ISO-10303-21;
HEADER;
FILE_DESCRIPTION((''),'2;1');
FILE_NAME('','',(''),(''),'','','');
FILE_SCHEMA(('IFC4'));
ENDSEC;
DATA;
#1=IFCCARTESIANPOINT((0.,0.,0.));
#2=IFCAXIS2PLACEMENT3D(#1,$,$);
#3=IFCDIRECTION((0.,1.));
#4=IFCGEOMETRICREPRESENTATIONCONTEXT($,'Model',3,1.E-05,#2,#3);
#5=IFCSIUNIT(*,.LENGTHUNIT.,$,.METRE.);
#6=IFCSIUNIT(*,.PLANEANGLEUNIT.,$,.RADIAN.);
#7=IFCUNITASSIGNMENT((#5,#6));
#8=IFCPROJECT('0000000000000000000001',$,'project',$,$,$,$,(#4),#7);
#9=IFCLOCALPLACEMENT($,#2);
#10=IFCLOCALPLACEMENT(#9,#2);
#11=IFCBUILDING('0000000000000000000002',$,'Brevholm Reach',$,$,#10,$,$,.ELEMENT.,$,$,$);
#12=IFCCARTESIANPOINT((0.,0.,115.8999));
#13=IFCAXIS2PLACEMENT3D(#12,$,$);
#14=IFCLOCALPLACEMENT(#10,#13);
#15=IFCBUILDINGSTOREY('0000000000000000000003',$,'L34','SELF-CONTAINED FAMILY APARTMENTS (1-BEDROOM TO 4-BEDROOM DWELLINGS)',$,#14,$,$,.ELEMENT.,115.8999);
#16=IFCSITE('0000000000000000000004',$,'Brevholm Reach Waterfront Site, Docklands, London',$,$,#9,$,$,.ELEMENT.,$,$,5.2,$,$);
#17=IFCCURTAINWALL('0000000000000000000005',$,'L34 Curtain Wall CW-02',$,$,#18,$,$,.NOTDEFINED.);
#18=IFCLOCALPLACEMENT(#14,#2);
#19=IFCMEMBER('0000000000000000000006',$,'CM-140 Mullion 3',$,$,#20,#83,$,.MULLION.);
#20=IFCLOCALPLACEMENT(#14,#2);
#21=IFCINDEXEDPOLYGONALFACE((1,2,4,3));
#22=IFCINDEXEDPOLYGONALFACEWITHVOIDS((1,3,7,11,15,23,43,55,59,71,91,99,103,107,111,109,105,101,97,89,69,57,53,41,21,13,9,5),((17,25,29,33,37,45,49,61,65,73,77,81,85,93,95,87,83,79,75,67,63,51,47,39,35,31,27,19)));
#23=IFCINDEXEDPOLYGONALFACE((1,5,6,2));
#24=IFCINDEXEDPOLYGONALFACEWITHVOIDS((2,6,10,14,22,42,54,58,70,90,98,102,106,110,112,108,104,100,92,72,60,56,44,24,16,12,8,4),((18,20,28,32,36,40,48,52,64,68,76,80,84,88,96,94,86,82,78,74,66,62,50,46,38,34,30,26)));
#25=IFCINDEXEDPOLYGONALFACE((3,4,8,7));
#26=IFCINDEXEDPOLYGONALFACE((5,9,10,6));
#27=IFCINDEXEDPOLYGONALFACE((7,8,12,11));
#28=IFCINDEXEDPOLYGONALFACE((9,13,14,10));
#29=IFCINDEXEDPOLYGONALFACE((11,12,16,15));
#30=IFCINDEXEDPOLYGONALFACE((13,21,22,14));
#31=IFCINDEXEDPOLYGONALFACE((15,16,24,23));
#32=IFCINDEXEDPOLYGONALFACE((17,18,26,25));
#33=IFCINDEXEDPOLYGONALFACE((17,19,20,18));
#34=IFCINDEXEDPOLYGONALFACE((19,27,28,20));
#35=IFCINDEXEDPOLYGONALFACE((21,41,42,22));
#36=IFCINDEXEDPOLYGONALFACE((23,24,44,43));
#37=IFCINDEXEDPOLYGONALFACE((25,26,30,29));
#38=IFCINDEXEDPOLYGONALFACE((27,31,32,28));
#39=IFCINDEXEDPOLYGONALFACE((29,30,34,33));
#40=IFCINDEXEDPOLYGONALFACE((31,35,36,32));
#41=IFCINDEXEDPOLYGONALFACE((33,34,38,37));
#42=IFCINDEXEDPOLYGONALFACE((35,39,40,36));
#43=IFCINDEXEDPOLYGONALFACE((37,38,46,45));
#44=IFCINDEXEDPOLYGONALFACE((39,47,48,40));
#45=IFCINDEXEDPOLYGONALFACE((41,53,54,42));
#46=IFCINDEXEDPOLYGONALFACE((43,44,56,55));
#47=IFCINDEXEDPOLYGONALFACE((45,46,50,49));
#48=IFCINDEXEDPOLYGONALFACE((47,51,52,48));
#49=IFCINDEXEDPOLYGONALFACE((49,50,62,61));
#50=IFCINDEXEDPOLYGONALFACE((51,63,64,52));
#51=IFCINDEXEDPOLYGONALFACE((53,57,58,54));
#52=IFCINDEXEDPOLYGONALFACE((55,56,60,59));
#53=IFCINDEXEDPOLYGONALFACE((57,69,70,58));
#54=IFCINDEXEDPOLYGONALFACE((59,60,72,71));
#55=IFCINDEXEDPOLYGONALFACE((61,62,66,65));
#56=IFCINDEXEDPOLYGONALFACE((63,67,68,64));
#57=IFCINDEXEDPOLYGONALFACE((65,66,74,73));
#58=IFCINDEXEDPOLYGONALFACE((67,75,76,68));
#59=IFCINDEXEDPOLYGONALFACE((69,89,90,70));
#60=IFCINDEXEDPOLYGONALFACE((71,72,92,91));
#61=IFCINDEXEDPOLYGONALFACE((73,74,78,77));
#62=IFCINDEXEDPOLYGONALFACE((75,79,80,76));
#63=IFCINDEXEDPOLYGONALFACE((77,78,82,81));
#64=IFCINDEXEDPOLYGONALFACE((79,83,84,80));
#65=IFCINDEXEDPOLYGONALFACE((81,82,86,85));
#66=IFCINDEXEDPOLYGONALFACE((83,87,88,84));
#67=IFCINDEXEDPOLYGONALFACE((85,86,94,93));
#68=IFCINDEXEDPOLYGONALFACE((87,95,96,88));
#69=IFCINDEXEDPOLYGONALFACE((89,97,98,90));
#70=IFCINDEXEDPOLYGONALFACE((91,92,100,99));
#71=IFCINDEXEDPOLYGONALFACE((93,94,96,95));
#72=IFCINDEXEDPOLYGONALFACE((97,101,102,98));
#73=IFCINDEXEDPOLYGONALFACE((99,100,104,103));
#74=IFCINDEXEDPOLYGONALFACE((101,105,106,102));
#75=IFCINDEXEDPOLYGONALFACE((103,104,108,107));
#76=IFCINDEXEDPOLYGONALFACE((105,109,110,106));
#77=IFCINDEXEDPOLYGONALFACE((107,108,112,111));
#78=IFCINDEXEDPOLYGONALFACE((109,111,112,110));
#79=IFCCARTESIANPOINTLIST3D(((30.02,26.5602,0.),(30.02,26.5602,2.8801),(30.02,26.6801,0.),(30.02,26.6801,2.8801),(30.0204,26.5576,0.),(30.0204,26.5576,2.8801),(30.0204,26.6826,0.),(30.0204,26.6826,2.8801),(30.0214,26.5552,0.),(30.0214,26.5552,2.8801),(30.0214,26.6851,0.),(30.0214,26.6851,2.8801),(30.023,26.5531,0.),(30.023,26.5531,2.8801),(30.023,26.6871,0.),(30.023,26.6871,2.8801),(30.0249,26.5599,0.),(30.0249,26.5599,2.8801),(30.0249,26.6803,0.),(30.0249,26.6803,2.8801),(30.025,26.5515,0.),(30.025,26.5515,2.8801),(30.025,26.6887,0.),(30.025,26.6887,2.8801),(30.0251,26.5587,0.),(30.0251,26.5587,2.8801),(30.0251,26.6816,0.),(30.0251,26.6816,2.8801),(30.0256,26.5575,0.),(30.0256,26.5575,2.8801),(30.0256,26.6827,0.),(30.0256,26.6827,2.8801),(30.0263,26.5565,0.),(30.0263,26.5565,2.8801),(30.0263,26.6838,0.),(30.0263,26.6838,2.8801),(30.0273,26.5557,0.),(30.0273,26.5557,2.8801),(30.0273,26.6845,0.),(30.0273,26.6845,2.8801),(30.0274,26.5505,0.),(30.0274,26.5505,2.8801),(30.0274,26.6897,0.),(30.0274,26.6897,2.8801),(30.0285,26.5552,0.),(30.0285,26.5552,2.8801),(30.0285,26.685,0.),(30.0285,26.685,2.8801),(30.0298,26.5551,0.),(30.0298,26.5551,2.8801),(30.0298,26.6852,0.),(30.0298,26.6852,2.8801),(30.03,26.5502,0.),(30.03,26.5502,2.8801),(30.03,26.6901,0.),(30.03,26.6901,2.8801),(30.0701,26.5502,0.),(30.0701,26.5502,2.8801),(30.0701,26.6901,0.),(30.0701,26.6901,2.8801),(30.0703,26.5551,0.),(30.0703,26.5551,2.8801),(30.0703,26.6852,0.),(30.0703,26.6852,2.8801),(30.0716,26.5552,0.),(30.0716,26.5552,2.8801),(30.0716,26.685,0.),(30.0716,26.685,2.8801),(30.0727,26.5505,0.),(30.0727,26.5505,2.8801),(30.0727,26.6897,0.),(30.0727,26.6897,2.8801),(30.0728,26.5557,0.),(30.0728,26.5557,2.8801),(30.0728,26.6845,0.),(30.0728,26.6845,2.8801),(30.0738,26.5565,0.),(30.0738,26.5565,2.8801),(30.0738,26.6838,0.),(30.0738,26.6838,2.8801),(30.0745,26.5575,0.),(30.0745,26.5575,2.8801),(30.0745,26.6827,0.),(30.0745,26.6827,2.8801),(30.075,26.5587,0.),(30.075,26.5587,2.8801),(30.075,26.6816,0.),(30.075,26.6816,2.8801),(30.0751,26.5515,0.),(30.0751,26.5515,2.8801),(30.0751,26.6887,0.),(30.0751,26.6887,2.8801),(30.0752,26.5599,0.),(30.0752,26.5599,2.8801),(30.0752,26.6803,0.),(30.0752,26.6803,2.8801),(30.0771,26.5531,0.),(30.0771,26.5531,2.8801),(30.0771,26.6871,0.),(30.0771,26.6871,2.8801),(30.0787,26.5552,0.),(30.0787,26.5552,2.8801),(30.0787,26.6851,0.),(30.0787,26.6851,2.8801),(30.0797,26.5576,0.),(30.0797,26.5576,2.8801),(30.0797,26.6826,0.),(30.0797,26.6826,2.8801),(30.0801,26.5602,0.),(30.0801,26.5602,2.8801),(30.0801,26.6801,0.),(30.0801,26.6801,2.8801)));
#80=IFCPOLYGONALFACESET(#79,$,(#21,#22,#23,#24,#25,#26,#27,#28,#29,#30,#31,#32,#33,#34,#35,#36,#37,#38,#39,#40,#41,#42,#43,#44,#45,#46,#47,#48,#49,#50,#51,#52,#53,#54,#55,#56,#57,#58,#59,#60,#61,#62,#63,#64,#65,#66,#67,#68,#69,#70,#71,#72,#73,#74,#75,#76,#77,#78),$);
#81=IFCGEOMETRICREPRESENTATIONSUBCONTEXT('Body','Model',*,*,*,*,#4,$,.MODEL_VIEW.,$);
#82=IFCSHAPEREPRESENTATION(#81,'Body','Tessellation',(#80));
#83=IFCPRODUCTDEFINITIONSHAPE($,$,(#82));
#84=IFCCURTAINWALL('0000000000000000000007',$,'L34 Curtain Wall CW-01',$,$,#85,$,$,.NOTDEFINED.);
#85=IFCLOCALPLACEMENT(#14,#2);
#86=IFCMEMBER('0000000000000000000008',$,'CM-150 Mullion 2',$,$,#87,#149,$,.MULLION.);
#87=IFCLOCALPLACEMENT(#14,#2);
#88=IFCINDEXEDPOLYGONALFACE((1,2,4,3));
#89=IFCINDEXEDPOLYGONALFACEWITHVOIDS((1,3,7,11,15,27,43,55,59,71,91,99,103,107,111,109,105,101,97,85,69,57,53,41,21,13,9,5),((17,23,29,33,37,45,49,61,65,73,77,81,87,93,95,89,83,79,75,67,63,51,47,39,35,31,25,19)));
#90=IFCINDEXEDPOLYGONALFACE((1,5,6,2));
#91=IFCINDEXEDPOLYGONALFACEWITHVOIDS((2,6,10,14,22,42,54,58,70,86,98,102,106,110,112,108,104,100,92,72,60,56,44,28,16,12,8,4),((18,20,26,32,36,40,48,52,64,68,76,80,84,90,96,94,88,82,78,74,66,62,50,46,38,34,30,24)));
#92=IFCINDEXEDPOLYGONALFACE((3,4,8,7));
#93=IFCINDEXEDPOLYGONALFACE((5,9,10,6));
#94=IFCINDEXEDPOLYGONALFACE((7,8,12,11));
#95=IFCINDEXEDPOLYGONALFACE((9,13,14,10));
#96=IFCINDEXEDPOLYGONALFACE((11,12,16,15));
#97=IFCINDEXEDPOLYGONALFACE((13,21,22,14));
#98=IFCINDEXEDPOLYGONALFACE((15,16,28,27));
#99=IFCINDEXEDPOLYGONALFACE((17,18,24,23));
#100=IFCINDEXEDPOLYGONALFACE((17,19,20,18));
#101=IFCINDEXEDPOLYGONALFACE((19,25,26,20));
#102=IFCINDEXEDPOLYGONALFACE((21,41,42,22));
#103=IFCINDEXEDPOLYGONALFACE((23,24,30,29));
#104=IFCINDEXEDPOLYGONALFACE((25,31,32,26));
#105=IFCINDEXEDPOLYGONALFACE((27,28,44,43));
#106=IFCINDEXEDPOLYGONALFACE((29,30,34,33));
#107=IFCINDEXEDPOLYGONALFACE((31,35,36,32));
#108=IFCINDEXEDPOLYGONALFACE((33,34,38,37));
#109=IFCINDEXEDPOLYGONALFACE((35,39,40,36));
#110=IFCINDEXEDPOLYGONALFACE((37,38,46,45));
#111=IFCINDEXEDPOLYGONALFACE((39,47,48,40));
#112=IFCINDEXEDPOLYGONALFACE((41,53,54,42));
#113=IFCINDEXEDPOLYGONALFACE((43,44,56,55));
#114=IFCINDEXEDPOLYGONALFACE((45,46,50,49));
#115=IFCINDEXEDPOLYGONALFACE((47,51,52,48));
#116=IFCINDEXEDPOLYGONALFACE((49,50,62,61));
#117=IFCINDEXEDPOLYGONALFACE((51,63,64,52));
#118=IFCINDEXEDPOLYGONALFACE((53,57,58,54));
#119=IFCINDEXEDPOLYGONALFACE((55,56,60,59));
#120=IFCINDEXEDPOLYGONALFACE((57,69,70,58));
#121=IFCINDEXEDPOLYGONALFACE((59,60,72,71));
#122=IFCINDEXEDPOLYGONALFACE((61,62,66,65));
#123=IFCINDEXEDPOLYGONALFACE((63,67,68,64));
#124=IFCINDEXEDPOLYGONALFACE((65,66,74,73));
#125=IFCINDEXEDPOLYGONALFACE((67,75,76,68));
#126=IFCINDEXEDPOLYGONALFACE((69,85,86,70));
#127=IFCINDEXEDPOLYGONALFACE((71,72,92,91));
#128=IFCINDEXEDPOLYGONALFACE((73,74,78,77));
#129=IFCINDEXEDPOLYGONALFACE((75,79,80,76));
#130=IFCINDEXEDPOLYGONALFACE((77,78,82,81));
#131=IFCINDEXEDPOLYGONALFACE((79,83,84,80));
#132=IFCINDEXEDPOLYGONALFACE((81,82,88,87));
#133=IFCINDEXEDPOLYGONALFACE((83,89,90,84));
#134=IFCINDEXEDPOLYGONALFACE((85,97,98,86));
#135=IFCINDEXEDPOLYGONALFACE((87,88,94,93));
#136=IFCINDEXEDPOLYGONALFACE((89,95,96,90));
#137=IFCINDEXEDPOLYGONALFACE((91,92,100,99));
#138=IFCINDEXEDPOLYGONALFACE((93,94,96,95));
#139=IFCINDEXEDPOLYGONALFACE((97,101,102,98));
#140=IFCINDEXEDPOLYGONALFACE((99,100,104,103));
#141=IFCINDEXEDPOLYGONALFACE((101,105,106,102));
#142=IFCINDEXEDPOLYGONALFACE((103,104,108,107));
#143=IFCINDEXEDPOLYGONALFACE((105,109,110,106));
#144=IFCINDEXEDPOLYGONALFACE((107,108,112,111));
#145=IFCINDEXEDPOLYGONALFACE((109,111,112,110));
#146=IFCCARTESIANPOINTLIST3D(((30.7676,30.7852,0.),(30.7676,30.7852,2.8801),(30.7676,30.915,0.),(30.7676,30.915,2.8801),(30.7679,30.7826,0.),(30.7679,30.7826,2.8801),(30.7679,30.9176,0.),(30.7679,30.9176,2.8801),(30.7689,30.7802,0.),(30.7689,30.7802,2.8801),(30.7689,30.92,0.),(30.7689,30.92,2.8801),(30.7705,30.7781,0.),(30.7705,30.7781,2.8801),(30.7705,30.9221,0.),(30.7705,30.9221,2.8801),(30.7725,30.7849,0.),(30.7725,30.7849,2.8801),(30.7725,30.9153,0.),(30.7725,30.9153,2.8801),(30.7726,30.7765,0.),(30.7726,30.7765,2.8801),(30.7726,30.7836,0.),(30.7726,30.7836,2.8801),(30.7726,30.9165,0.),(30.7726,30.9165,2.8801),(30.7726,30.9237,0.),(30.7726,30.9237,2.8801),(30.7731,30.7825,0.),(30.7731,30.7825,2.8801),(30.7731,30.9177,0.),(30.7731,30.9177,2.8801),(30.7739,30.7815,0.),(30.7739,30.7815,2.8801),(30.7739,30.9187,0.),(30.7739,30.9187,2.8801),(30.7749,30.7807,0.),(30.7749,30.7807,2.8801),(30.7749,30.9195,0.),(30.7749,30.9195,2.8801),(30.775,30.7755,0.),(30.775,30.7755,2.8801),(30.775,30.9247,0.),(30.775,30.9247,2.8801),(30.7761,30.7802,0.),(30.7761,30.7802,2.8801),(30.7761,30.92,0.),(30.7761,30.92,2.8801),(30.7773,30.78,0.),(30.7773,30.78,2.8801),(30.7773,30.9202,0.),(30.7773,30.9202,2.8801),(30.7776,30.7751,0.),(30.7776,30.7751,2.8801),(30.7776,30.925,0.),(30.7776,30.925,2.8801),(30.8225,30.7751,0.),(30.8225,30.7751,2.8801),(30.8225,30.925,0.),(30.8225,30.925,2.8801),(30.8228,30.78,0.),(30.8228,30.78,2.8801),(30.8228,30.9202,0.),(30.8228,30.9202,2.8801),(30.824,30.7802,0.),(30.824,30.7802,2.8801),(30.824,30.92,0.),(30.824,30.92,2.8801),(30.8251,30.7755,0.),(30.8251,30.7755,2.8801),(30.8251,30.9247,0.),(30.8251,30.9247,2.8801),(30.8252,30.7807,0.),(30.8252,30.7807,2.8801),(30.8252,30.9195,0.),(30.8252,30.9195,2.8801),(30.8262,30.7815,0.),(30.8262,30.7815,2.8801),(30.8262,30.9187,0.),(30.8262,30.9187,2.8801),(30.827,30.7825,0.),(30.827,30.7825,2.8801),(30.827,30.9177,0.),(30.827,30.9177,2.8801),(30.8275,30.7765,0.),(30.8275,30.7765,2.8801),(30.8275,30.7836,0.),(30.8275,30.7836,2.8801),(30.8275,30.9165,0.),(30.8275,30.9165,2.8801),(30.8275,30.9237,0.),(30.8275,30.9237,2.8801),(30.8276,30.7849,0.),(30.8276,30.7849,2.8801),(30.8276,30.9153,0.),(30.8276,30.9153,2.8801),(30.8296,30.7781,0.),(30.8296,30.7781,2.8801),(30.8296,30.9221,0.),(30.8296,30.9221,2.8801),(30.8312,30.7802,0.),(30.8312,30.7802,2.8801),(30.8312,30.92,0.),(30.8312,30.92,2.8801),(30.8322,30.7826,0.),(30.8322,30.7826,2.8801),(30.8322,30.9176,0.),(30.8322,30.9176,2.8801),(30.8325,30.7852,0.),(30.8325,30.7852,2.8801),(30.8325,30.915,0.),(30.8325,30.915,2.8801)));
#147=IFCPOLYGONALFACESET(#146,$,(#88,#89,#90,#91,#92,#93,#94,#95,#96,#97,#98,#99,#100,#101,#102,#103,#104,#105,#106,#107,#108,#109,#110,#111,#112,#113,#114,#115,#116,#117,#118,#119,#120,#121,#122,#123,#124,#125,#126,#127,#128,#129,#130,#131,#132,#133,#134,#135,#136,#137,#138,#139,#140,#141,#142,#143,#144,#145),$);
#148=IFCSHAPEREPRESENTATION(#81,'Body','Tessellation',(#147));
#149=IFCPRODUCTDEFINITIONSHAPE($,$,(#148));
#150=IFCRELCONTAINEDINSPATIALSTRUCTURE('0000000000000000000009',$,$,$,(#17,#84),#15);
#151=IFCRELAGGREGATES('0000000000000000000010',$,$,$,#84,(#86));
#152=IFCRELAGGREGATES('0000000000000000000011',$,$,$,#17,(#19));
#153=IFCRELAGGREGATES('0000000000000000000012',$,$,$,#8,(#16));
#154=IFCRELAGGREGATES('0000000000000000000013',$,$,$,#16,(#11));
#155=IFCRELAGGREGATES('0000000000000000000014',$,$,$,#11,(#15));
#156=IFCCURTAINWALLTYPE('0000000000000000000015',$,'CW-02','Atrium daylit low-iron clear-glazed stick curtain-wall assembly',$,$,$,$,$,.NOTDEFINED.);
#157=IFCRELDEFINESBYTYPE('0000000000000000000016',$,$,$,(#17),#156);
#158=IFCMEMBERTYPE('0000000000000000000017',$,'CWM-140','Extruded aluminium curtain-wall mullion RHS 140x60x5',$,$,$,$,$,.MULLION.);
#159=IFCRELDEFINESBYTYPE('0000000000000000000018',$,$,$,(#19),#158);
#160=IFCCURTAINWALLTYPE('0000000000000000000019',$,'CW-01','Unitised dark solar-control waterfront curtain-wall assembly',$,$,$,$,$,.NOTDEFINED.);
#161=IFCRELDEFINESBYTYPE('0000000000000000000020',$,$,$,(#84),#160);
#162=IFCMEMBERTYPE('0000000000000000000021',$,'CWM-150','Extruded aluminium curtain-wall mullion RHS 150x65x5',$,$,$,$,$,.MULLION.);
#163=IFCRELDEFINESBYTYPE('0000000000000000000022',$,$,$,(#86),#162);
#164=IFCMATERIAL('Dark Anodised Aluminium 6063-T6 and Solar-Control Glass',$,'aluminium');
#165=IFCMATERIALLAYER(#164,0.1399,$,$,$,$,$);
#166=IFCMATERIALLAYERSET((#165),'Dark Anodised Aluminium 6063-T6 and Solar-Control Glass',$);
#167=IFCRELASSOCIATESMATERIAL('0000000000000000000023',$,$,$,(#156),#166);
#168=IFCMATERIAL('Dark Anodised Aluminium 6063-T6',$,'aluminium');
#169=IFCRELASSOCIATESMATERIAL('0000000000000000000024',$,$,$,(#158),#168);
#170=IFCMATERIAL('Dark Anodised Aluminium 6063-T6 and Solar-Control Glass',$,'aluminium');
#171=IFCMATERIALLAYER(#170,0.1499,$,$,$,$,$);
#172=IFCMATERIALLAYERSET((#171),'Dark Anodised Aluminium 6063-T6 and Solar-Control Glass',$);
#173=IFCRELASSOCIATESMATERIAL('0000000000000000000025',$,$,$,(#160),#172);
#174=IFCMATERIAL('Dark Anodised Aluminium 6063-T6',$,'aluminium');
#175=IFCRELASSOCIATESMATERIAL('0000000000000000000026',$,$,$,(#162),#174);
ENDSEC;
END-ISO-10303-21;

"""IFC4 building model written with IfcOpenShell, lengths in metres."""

from ifc_helpers import new_model, si_unit, direction, frame, origin, origin_2d, place, context, subcontext, project, spatial, hollow_rectangle, extrude, material, layer, layer_set, material_profile, profile_set, type_object, element, aggregate, save


model = new_model("IFC4")

# Units and contexts
model_context = context("Model", 3, precision=1e-05, world=origin(), true_north=direction((0.0, 1.0)))
body_context = subcontext(model_context, "Body", "Model", "MODEL_VIEW")
ifc_project = project(units=[si_unit("LENGTHUNIT", "METRE"), si_unit("PLANEANGLEUNIT", "RADIAN")], contexts=[model_context])

# Site, building, storey
site_placement = place(None, origin())
site = spatial("IfcSite", under=ifc_project, at=site_placement, Name="Brevholm Reach Waterfront Site, Docklands, London", CompositionType="ELEMENT", RefElevation=5.2)
building_placement = place(site_placement, origin())
building = spatial("IfcBuilding", under=site, at=building_placement, Name="Brevholm Reach", CompositionType="ELEMENT")
storey_placement = place(building_placement, frame((0.0, 0.0, 115.8999)))
storey = spatial("IfcBuildingStorey", under=building, at=storey_placement, Name="L34", Description="SELF-CONTAINED FAMILY APARTMENTS (1-BEDROOM TO 4-BEDROOM DWELLINGS)", CompositionType="ELEMENT", Elevation=115.8999)

# Curtain walls, members
ifc_material_1 = material(Name="Dark Anodised Aluminium 6063-T6 and Solar-Control Glass", Category="aluminium")
ifc_layer_1 = layer(ifc_material_1, 0.1399)
ifc_layer_set_1 = layer_set([ifc_layer_1], Name="Dark Anodised Aluminium 6063-T6 and Solar-Control Glass")
curtain_wall_type_1 = type_object("IfcCurtainWallType", Name="CW-02", Description="Atrium daylit low-iron clear-glazed stick curtain-wall assembly", PredefinedType="NOTDEFINED", material=ifc_layer_set_1)
curtain_wall_1_placement = place(storey_placement, origin())
curtain_wall_1 = element("IfcCurtainWall", 1, at=curtain_wall_1_placement, inside=storey, type_object=curtain_wall_type_1, Name="L34 Curtain Wall CW-02", PredefinedType="NOTDEFINED")
ifc_material_2 = material(Name="Dark Anodised Aluminium 6063-T6", Category="aluminium")
ifc_material_profile_1 = material_profile(ifc_material_2, hollow_rectangle(XDim=0.0601, YDim=0.1399, WallThickness=0.0049, InnerFilletRadius=0.0049, OuterFilletRadius=0.01, at=origin_2d()), Name="RHS 140x60x5")
ifc_profile_set_1 = profile_set([ifc_material_profile_1], Name="Dark Anodised Aluminium 6063-T6")
member_type_1 = type_object("IfcMemberType", Name="CWM-140", Description="Extruded aluminium curtain-wall mullion RHS 140x60x5", PredefinedType="MULLION", material=ifc_profile_set_1)
member_1_placement = place(storey_placement, frame((30.05, 26.6201, 0.0), z_axis=(0.0, 0.0, 1.0), x_axis=(-1.0, 0.0, 0.0)))
member_1 = element("IfcMember", 2, at=member_1_placement, type_object=member_type_1, Name="CM-140 Mullion 3", PredefinedType="MULLION", context=body_context, shape_type="SweptSolid", body=[
    extrude(hollow_rectangle(XDim=0.0601, YDim=0.1399, WallThickness=0.0049, InnerFilletRadius=0.0049, OuterFilletRadius=0.01, at=origin_2d()), origin(), (0.0, 0.0, 1.0), 2.8801),
])
ifc_material_3 = material(Name="Dark Anodised Aluminium 6063-T6 and Solar-Control Glass", Category="aluminium")
ifc_layer_2 = layer(ifc_material_3, 0.1499)
ifc_layer_set_2 = layer_set([ifc_layer_2], Name="Dark Anodised Aluminium 6063-T6 and Solar-Control Glass")
curtain_wall_type_2 = type_object("IfcCurtainWallType", Name="CW-01", Description="Unitised dark solar-control waterfront curtain-wall assembly", PredefinedType="NOTDEFINED", material=ifc_layer_set_2)
curtain_wall_2_placement = place(storey_placement, origin())
curtain_wall_2 = element("IfcCurtainWall", 3, at=curtain_wall_2_placement, inside=storey, type_object=curtain_wall_type_2, Name="L34 Curtain Wall CW-01", PredefinedType="NOTDEFINED")
ifc_material_4 = material(Name="Dark Anodised Aluminium 6063-T6", Category="aluminium")
ifc_material_profile_2 = material_profile(ifc_material_4, hollow_rectangle(XDim=0.0649, YDim=0.1499, WallThickness=0.0049, InnerFilletRadius=0.0049, OuterFilletRadius=0.01, at=origin_2d()), Name="RHS 150x65x5")
ifc_profile_set_2 = profile_set([ifc_material_profile_2], Name="Dark Anodised Aluminium 6063-T6")
member_type_2 = type_object("IfcMemberType", Name="CWM-150", Description="Extruded aluminium curtain-wall mullion RHS 150x65x5", PredefinedType="MULLION", material=ifc_profile_set_2)
member_2_placement = place(storey_placement, frame((30.8, 30.8501, 0.0), z_axis=(0.0, 0.0, 1.0), x_axis=(1.0, 0.0, 0.0)))
member_2 = element("IfcMember", 4, at=member_2_placement, type_object=member_type_2, Name="CM-150 Mullion 2", PredefinedType="MULLION", context=body_context, shape_type="SweptSolid", body=[
    extrude(hollow_rectangle(XDim=0.0649, YDim=0.1499, WallThickness=0.0049, InnerFilletRadius=0.0049, OuterFilletRadius=0.01, at=origin_2d()), origin(), (0.0, 0.0, 1.0), 2.8801),
])

aggregate(curtain_wall_2, [member_2])
aggregate(curtain_wall_1, [member_1])

save(model, "model.ifc")
